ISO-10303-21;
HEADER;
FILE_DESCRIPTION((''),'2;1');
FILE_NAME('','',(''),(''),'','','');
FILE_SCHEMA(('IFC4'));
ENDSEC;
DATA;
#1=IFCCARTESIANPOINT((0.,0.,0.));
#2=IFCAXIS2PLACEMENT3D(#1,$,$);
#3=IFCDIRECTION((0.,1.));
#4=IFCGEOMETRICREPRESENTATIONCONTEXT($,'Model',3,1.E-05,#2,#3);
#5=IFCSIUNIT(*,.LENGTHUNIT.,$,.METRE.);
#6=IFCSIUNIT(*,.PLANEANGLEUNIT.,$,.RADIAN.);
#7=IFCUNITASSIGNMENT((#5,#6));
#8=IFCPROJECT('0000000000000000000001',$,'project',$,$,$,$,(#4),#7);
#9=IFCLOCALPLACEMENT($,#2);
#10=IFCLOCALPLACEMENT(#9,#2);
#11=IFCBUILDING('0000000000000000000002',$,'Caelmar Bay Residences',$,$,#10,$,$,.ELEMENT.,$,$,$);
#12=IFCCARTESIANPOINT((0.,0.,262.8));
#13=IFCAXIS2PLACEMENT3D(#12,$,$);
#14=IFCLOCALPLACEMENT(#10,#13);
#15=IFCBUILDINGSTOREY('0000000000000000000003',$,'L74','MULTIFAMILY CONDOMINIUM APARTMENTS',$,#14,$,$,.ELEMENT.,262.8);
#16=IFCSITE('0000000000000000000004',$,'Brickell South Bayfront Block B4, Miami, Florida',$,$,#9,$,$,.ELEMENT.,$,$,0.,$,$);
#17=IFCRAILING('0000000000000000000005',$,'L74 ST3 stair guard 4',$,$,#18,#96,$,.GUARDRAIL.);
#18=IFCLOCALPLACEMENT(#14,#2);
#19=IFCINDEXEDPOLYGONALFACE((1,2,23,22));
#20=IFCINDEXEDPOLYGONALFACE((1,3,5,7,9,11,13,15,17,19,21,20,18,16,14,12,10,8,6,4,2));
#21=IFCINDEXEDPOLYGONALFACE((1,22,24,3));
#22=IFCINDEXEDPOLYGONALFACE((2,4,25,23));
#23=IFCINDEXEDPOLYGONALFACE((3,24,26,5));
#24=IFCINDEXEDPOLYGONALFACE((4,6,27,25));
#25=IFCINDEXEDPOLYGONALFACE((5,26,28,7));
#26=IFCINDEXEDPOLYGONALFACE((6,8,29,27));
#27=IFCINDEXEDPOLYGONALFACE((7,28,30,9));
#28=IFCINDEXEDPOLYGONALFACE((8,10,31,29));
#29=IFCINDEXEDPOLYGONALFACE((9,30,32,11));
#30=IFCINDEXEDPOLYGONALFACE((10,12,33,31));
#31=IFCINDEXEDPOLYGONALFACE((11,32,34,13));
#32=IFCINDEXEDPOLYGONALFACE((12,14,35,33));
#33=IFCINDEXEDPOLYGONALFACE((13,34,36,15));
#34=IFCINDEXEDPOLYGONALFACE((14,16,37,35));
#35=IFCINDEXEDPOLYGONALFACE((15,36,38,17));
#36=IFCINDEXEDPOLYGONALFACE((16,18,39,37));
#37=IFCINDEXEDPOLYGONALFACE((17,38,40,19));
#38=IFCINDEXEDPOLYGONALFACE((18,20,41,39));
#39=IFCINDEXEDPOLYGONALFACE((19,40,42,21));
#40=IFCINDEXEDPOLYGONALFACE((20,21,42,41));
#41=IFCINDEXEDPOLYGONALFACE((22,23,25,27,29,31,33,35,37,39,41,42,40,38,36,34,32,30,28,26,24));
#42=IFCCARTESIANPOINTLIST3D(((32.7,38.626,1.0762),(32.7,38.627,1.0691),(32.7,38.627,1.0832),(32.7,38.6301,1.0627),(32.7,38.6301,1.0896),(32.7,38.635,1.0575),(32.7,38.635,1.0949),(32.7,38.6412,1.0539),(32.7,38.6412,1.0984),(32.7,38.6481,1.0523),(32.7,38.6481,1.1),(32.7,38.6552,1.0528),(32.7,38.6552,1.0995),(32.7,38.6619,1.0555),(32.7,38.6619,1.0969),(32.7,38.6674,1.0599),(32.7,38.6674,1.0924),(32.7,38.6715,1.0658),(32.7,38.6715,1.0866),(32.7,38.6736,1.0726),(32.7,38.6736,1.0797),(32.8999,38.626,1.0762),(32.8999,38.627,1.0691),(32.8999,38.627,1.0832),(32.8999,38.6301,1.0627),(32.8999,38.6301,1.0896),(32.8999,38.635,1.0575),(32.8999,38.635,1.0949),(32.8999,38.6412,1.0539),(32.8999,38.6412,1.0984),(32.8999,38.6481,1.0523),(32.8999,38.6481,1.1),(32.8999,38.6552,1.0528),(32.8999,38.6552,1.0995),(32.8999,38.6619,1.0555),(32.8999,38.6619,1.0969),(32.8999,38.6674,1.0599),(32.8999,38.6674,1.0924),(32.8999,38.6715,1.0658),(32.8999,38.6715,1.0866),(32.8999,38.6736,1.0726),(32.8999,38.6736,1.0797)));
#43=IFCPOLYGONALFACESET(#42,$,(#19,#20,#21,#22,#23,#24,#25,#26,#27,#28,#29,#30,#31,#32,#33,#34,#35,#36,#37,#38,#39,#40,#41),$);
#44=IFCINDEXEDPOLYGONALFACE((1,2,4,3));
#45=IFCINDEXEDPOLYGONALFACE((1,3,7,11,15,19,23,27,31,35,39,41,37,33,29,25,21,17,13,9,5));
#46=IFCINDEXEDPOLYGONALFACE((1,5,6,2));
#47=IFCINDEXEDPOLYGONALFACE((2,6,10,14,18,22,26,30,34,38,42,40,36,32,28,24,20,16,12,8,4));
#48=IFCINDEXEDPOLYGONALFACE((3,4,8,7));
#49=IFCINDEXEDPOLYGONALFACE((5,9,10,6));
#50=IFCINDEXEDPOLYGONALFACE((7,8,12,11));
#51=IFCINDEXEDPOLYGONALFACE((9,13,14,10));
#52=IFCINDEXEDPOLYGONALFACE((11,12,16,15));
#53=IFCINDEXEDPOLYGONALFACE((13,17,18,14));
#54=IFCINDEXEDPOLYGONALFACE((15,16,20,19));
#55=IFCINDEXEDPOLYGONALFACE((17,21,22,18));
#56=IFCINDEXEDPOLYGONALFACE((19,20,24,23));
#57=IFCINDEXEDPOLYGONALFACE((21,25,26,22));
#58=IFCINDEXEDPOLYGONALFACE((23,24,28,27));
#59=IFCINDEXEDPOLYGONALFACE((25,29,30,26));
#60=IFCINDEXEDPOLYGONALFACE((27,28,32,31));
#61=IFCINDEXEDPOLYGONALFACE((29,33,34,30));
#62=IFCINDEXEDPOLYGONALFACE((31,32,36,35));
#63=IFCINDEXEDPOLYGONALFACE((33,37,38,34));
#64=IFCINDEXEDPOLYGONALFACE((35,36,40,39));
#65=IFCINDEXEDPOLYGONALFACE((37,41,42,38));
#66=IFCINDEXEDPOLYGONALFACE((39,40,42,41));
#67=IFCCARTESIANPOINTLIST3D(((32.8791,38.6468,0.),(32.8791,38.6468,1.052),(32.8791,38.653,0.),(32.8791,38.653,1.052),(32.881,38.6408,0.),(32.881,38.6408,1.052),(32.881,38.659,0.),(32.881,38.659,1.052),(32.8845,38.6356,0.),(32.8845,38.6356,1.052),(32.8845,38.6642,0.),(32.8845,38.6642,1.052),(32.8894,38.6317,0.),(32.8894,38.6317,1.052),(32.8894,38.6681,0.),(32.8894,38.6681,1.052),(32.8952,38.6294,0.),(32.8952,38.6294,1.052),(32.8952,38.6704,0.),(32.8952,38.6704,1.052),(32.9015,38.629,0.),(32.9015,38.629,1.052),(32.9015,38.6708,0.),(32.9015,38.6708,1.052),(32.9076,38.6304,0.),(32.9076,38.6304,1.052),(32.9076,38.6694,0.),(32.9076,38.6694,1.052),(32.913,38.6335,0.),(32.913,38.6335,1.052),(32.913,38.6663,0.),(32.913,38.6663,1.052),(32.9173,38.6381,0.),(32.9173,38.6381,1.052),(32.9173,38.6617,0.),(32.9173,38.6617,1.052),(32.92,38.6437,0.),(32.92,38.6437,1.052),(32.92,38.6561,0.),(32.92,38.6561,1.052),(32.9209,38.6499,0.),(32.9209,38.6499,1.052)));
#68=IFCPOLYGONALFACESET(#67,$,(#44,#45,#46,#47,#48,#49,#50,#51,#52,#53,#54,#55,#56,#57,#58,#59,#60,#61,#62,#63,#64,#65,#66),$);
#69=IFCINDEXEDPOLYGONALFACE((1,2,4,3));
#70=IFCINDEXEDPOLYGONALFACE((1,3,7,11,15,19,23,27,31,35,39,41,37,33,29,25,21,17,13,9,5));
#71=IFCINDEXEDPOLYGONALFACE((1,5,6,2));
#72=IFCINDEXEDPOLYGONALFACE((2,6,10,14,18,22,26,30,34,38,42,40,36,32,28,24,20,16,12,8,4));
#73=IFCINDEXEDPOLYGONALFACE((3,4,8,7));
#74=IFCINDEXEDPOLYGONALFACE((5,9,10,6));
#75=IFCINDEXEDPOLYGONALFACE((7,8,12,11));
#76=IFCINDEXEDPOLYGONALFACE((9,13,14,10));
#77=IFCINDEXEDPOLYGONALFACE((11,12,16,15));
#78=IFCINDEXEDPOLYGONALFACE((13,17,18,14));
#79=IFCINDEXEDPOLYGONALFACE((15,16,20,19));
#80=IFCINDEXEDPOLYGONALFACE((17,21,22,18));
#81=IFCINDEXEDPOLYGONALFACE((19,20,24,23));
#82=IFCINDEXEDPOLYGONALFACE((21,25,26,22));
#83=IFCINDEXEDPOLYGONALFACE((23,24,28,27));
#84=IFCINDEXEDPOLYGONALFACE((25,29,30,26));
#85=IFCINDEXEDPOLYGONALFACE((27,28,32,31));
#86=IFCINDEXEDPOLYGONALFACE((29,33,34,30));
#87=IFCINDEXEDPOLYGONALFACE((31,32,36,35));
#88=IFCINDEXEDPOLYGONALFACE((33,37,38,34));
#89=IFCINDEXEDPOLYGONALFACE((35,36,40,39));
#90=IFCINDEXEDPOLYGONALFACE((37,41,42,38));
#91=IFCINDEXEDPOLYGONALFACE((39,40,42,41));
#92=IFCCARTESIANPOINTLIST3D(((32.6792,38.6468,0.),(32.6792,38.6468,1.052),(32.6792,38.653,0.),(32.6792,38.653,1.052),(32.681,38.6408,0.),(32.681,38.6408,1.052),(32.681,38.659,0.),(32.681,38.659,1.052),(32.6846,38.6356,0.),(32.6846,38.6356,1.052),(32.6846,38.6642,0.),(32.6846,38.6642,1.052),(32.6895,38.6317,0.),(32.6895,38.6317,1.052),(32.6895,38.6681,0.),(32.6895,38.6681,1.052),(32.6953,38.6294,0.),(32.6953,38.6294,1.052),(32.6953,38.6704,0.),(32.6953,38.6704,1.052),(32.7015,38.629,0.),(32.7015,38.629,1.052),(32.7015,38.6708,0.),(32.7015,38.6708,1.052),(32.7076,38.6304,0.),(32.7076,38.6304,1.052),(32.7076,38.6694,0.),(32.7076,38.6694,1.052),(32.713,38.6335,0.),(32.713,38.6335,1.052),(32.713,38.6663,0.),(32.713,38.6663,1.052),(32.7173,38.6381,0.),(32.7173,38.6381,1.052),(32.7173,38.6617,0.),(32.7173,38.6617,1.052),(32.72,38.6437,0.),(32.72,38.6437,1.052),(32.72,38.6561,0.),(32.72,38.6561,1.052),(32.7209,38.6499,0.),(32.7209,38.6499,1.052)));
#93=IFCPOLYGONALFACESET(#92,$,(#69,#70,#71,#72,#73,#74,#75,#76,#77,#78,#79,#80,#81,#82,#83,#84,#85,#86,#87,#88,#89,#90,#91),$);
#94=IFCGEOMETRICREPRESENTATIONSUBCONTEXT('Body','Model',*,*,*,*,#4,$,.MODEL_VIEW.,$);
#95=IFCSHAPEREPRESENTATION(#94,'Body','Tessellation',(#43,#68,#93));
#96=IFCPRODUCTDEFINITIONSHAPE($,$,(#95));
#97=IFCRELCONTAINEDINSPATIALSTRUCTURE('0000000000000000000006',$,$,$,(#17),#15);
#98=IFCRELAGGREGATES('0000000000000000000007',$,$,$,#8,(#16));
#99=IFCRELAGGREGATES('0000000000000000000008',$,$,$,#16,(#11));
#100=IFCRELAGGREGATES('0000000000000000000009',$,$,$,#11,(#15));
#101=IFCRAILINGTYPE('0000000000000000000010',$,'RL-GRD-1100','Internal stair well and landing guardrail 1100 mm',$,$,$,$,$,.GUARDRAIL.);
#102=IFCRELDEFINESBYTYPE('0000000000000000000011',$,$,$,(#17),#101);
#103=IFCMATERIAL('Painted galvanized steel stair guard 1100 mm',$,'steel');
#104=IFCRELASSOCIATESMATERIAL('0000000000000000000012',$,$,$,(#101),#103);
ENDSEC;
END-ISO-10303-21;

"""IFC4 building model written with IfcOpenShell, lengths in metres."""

from ifc_helpers import new_model, si_unit, direction, frame, origin, origin_2d, place, context, subcontext, project, spatial, circle, extrude, material, type_object, element, save


model = new_model("IFC4")

# Units and contexts
model_context = context("Model", 3, precision=1e-05, world=origin(), true_north=direction((0.0, 1.0)))
body_context = subcontext(model_context, "Body", "Model", "MODEL_VIEW")
ifc_project = project(units=[si_unit("LENGTHUNIT", "METRE"), si_unit("PLANEANGLEUNIT", "RADIAN")], contexts=[model_context])

# Site, building, storey
site_placement = place(None, origin())
site = spatial("IfcSite", under=ifc_project, at=site_placement, Name="Brickell South Bayfront Block B4, Miami, Florida", CompositionType="ELEMENT", RefElevation=0.0)
building_placement = place(site_placement, origin())
building = spatial("IfcBuilding", under=site, at=building_placement, Name="Caelmar Bay Residences", CompositionType="ELEMENT")
storey_placement = place(building_placement, frame((0.0, 0.0, 262.8)))
storey = spatial("IfcBuildingStorey", under=building, at=storey_placement, Name="L74", Description="MULTIFAMILY CONDOMINIUM APARTMENTS", CompositionType="ELEMENT", Elevation=262.8)

# Railing
ifc_material_1 = material(Name="Painted galvanized steel stair guard 1100 mm", Category="steel")
railing_type_1 = type_object("IfcRailingType", Name="RL-GRD-1100", Description="Internal stair well and landing guardrail 1100 mm", PredefinedType="GUARDRAIL", material=ifc_material_1)
railing_1_placement = place(storey_placement, frame((32.8999, 38.6499, 0.0)))
element("IfcRailing", 1, at=railing_1_placement, inside=storey, type_object=railing_type_1, Name="L74 ST3 stair guard 4", PredefinedType="GUARDRAIL", context=body_context, shape_type="SweptSolid", body=[
    extrude(circle(Radius=0.0239, at=origin_2d()), frame((0.0, 0.0, 1.0762), z_axis=(-1.0, 0.0, 0.0), x_axis=(0.0, -1.0, 0.0)), (0.0, 0.0, 1.0), 0.2),
    extrude(circle(Radius=0.021, at=origin_2d()), origin(), (0.0, 0.0, 1.0), 1.052),
    extrude(circle(Radius=0.021, at=origin_2d()), frame((-0.2, 0.0, 0.0)), (0.0, 0.0, 1.0), 1.052),
])

save(model, "model.ifc")
